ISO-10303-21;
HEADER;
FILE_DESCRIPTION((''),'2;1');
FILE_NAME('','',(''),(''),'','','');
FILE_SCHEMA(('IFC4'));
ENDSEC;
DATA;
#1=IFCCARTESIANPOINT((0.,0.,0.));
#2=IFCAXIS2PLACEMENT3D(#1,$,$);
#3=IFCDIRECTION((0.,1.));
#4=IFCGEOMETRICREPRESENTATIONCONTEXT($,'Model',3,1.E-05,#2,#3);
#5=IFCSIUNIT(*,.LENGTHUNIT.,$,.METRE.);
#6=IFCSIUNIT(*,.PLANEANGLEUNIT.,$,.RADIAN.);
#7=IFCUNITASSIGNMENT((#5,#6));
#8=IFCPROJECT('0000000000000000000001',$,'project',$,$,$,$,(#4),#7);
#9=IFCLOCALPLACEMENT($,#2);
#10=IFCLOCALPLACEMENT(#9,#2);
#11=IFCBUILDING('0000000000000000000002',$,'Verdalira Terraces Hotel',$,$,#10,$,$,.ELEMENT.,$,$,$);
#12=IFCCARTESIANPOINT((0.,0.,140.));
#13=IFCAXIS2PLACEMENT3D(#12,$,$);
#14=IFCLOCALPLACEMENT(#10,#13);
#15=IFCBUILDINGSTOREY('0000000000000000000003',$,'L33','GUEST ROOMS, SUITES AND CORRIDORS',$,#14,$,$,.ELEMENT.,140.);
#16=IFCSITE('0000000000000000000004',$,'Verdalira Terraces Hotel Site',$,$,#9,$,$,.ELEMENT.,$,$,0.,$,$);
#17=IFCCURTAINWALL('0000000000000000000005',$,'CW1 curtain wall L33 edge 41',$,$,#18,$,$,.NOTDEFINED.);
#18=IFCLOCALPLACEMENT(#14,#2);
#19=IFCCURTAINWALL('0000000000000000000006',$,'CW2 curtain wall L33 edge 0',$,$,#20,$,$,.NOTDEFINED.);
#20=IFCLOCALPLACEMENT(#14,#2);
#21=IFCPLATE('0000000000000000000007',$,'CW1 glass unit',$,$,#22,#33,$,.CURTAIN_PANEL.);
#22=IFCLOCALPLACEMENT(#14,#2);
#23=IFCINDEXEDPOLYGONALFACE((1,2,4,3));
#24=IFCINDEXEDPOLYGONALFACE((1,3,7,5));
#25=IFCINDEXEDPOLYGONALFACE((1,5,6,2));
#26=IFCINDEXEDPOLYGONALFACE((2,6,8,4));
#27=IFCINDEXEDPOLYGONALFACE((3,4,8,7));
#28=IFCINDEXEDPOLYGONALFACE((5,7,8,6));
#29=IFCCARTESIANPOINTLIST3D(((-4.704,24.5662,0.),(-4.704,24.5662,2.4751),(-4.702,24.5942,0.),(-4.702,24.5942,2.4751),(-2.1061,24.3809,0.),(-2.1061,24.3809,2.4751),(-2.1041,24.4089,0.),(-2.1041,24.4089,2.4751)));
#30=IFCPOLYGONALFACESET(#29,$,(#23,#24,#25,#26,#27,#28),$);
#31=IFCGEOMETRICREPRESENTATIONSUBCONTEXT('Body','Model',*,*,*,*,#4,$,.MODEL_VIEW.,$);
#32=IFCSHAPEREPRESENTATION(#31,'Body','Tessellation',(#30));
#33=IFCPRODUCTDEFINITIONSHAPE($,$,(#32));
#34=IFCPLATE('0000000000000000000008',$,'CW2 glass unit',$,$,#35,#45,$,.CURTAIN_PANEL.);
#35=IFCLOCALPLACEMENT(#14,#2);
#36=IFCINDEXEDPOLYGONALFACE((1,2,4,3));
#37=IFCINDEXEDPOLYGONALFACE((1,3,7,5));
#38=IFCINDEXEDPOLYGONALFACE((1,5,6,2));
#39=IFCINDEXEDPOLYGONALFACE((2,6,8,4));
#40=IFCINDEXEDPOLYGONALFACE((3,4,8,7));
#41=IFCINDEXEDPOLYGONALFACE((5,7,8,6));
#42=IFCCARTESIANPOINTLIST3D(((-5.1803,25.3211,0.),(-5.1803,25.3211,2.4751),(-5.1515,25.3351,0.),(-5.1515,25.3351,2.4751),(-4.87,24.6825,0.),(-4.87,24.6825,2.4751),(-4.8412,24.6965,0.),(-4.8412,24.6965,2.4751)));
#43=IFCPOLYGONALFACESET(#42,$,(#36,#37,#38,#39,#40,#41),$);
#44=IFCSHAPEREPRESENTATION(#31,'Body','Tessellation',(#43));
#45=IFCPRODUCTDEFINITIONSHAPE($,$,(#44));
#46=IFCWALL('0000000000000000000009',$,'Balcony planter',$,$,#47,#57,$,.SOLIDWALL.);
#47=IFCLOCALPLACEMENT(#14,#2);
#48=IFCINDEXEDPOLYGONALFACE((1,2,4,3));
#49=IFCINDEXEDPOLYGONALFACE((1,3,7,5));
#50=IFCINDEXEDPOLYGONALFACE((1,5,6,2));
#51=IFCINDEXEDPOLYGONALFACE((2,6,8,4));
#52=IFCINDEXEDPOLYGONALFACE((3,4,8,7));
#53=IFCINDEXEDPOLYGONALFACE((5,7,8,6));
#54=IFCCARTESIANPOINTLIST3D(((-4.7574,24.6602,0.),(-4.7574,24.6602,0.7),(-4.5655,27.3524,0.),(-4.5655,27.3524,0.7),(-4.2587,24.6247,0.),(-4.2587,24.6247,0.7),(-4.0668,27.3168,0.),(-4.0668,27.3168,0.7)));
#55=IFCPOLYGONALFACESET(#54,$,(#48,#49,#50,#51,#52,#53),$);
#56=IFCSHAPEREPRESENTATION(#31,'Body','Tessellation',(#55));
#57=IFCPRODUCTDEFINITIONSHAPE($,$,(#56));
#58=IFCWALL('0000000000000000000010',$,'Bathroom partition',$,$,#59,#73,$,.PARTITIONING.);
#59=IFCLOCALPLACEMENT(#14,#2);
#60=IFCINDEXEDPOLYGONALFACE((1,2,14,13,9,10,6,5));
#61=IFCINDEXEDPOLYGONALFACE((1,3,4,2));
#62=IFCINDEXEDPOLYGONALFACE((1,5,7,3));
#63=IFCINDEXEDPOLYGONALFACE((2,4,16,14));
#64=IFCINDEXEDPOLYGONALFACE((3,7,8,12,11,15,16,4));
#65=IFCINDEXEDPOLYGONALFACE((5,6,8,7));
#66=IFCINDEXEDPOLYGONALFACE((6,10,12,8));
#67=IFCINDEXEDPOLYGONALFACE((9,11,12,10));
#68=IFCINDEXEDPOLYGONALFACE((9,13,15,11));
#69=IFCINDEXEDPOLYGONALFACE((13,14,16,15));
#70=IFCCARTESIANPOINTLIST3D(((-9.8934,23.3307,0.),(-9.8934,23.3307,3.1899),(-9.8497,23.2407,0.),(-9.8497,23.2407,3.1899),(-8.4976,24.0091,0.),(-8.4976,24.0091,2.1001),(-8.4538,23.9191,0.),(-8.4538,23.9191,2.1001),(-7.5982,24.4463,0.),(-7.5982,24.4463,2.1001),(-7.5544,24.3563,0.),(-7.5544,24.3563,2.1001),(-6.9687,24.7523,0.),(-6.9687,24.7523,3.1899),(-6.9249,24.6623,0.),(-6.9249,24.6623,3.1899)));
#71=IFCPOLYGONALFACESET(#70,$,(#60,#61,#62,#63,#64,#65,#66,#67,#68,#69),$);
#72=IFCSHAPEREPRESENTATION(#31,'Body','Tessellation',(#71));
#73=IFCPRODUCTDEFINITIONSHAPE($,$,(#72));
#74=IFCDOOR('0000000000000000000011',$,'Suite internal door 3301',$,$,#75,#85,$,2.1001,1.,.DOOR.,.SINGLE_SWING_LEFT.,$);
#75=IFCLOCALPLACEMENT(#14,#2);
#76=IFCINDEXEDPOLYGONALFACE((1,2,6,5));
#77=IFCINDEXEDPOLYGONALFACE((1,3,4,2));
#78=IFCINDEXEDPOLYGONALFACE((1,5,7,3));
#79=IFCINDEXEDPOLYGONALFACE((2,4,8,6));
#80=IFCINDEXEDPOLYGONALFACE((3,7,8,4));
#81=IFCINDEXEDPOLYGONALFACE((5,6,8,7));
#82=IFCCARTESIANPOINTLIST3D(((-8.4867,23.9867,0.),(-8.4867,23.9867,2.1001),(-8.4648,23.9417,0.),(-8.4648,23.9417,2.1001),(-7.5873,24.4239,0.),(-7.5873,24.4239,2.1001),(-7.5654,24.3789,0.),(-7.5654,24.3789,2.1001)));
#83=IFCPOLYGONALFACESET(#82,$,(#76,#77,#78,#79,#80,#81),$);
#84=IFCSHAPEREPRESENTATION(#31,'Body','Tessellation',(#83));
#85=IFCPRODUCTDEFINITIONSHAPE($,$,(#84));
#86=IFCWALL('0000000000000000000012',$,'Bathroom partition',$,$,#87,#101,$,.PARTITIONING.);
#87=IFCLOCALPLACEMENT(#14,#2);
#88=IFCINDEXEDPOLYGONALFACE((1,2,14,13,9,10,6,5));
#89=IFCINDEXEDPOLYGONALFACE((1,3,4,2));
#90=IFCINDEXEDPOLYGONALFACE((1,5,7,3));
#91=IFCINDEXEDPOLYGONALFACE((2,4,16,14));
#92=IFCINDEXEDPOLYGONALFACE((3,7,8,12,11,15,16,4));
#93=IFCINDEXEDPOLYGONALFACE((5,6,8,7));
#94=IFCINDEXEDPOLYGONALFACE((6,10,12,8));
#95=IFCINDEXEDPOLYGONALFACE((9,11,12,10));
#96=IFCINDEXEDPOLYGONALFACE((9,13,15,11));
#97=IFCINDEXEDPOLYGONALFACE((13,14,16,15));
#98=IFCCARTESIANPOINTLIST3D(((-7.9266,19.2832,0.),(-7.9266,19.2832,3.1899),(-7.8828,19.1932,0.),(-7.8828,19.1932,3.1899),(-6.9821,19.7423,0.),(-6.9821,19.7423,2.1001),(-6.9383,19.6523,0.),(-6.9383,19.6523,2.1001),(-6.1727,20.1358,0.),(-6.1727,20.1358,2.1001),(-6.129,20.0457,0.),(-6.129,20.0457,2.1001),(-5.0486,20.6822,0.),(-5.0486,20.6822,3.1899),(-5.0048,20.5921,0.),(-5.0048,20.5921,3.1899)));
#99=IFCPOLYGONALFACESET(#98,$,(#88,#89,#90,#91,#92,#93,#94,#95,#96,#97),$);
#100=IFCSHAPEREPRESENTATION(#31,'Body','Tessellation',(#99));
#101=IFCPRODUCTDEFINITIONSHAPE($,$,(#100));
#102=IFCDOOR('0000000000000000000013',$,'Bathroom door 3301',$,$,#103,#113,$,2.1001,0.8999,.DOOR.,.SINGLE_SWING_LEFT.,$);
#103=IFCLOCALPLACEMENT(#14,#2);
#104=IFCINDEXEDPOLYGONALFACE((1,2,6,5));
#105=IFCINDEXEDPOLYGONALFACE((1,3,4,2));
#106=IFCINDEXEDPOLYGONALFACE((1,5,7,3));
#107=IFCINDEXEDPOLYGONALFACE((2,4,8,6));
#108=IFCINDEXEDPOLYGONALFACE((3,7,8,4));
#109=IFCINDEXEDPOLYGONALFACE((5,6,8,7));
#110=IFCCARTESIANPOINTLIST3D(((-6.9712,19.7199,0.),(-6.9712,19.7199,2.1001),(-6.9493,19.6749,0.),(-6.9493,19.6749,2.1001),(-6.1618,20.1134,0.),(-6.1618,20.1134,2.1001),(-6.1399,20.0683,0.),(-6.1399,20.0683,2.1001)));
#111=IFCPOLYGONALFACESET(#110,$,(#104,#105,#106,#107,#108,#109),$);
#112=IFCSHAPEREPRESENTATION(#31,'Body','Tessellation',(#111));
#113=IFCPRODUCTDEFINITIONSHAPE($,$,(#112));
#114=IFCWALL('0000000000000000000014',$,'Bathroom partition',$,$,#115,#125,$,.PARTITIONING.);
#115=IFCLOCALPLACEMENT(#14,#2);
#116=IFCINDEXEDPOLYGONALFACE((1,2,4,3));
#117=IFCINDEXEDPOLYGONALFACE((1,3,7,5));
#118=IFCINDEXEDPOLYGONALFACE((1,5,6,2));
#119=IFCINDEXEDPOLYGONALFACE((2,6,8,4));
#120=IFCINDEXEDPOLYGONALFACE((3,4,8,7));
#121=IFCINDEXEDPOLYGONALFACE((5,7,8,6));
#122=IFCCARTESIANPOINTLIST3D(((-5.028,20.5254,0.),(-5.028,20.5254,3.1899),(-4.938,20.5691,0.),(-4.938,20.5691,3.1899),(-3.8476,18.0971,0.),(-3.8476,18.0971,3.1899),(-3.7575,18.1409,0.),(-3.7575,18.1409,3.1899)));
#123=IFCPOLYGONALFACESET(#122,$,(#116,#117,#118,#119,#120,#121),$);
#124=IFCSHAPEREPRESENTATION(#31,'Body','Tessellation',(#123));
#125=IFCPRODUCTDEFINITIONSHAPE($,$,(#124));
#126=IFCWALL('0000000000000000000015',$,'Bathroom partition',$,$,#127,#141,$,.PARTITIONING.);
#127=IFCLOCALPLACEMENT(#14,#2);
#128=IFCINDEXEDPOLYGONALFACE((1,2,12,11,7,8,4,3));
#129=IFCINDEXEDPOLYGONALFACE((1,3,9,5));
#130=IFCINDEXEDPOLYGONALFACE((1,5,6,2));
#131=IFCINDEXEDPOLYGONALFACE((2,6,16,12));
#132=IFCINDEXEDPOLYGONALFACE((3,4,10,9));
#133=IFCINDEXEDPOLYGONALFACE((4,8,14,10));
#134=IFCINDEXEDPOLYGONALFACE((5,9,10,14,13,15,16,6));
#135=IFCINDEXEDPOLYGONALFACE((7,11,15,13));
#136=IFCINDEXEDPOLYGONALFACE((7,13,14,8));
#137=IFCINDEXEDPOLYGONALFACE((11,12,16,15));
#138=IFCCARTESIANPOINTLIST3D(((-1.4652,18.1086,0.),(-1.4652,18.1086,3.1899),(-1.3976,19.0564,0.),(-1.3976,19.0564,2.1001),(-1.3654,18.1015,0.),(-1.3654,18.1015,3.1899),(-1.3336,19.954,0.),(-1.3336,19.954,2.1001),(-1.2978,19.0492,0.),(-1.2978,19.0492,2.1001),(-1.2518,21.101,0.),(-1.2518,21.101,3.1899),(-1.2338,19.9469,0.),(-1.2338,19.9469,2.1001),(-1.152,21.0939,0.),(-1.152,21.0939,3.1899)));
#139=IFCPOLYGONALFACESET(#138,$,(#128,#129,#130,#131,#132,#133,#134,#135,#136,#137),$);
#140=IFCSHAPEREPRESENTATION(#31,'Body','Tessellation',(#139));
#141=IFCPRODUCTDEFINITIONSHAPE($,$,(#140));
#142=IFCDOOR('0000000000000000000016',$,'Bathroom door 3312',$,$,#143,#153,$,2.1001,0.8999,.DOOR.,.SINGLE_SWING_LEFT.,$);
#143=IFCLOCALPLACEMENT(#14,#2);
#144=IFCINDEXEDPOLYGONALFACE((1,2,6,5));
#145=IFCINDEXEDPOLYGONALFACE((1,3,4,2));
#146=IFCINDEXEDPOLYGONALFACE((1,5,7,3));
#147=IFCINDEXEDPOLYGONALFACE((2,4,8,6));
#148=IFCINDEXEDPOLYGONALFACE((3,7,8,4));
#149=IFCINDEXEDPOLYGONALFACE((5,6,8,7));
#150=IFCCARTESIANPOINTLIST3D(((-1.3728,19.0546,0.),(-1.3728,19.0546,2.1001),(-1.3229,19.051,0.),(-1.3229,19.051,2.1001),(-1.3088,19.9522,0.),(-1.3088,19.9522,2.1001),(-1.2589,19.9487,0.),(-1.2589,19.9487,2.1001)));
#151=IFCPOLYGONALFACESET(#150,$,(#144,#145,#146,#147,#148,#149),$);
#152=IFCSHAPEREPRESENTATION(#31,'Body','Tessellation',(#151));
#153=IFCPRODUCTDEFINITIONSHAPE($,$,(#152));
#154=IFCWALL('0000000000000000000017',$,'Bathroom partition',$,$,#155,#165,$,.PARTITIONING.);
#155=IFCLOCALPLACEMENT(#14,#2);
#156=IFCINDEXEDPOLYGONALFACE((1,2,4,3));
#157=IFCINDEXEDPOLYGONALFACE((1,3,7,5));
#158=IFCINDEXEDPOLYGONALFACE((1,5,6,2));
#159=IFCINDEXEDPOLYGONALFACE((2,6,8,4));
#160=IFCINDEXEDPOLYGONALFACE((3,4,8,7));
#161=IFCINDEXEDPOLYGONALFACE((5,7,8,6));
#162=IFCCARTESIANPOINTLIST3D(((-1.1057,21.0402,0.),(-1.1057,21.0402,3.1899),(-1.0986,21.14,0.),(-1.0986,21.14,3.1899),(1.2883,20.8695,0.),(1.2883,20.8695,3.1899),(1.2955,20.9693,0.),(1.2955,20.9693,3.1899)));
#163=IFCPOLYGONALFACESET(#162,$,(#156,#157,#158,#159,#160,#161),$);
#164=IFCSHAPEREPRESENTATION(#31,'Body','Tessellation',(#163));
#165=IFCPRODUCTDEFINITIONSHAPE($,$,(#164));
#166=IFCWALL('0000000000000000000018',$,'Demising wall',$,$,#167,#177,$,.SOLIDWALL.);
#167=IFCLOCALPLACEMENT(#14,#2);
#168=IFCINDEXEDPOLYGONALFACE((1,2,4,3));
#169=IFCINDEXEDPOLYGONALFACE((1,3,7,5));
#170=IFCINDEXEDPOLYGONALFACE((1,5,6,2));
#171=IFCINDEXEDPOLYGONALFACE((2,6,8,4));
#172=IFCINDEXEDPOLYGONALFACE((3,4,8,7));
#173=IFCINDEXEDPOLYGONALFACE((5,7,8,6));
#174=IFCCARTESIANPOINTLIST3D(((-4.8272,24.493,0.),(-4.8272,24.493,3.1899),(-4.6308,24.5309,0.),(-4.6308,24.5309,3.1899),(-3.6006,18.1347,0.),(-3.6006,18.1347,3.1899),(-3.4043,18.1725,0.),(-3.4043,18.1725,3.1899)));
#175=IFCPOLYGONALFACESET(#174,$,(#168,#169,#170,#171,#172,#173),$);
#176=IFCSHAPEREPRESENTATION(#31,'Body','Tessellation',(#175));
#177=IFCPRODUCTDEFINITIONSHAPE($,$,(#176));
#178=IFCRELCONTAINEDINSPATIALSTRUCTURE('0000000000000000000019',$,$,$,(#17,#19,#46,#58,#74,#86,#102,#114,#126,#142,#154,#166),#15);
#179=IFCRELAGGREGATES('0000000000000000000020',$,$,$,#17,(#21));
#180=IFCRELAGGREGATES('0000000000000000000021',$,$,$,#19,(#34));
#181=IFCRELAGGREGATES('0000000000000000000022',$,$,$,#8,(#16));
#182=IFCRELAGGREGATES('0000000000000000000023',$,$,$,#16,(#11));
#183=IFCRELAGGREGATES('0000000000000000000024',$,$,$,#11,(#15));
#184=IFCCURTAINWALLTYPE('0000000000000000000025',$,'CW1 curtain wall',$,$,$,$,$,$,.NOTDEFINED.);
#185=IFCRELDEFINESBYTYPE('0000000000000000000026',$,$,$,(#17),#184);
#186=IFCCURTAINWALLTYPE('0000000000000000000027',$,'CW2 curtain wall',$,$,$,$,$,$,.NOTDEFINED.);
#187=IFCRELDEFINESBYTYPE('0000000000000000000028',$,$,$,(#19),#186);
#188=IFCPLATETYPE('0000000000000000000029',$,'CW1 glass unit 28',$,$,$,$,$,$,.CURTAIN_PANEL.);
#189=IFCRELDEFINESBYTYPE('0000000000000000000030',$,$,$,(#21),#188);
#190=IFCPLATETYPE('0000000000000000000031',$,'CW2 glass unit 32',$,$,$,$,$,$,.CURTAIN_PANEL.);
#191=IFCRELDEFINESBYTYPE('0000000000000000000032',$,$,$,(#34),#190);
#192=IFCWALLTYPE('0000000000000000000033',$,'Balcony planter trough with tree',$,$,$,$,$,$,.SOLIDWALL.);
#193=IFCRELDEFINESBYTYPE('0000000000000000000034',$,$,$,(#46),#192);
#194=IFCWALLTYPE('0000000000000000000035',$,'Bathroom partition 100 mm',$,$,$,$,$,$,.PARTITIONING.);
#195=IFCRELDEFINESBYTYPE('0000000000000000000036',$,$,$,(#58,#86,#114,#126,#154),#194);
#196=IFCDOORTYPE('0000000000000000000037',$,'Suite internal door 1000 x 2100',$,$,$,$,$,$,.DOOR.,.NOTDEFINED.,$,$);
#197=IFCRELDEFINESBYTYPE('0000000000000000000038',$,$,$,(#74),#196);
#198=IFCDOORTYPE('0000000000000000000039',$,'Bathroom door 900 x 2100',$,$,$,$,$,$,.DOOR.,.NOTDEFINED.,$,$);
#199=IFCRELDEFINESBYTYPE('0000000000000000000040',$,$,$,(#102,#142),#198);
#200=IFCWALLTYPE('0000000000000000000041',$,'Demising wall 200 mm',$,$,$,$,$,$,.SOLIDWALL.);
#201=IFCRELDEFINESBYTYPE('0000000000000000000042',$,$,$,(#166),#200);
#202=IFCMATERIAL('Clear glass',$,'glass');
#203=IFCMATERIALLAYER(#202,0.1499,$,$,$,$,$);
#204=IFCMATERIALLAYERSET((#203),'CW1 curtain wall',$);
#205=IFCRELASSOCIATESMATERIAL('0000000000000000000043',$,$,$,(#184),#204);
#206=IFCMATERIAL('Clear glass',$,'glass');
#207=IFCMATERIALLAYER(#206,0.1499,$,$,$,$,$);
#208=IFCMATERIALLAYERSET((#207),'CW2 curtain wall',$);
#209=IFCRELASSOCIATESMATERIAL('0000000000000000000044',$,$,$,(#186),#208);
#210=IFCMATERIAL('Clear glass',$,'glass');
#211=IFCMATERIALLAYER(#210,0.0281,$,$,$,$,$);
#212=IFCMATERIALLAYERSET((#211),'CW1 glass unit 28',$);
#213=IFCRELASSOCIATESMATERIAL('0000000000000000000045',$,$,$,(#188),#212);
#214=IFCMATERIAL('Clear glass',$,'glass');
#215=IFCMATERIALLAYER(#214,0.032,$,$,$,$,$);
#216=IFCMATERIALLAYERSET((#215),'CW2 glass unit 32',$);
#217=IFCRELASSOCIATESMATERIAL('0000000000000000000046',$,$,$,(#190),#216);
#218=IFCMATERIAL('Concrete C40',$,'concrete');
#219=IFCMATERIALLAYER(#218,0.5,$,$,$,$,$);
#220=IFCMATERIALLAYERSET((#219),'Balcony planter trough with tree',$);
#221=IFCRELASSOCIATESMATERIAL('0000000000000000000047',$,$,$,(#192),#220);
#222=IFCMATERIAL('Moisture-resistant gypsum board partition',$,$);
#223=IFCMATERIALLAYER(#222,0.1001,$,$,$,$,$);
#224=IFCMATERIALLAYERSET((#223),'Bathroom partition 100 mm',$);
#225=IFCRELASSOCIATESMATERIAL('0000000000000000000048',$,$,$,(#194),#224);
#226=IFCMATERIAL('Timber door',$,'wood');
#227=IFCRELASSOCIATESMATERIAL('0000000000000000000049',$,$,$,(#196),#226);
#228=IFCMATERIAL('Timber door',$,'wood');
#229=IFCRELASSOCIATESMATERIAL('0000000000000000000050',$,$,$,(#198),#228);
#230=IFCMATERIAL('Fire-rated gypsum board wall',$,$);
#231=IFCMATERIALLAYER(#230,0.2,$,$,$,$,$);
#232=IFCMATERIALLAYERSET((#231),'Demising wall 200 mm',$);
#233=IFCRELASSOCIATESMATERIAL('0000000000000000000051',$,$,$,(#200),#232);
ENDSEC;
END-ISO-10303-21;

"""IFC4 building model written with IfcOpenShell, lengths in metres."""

from ifc_helpers import new_model, si_unit, direction, frame, frame_2d, origin, origin_2d, place, context, subcontext, project, spatial, rectangle, extrude, material, layer, layer_set, type_object, element, fill, aggregate, save


model = new_model("IFC4")

# Units and contexts
model_context = context("Model", 3, precision=1e-05, world=origin(), true_north=direction((0.0, 1.0)))
body_context = subcontext(model_context, "Body", "Model", "MODEL_VIEW")
ifc_project = project(units=[si_unit("LENGTHUNIT", "METRE"), si_unit("PLANEANGLEUNIT", "RADIAN")], contexts=[model_context])

# Site, building, storey
site_placement = place(None, origin())
site = spatial("IfcSite", under=ifc_project, at=site_placement, Name="Verdalira Terraces Hotel Site", CompositionType="ELEMENT", RefElevation=0.0)
building_placement = place(site_placement, origin())
building = spatial("IfcBuilding", under=site, at=building_placement, Name="Verdalira Terraces Hotel", CompositionType="ELEMENT")
storey_placement = place(building_placement, frame((0.0, 0.0, 140.0)))
storey = spatial("IfcBuildingStorey", under=building, at=storey_placement, Name="L33", Description="GUEST ROOMS, SUITES AND CORRIDORS", CompositionType="ELEMENT", Elevation=140.0)

# Curtain wall
ifc_material_1 = material(Name="Clear glass", Category="glass")
ifc_layer_1 = layer(ifc_material_1, 0.1499)
ifc_layer_set_1 = layer_set([ifc_layer_1], Name="CW1 curtain wall")
curtain_wall_type_1 = type_object("IfcCurtainWallType", Name="CW1 curtain wall", PredefinedType="NOTDEFINED", material=ifc_layer_set_1)
curtain_wall_1_placement = place(storey_placement, origin())
curtain_wall_1 = element("IfcCurtainWall", 1, at=curtain_wall_1_placement, inside=storey, type_object=curtain_wall_type_1, Name="CW1 curtain wall L33 edge 41", PredefinedType="NOTDEFINED")

# Curtain wall
ifc_material_2 = material(Name="Clear glass", Category="glass")
ifc_layer_2 = layer(ifc_material_2, 0.1499)
ifc_layer_set_2 = layer_set([ifc_layer_2], Name="CW2 curtain wall")
curtain_wall_type_2 = type_object("IfcCurtainWallType", Name="CW2 curtain wall", PredefinedType="NOTDEFINED", material=ifc_layer_set_2)
curtain_wall_2_placement = place(storey_placement, origin())
curtain_wall_2 = element("IfcCurtainWall", 2, at=curtain_wall_2_placement, inside=storey, type_object=curtain_wall_type_2, Name="CW2 curtain wall L33 edge 0", PredefinedType="NOTDEFINED")

# Plates
ifc_material_3 = material(Name="Clear glass", Category="glass")
ifc_layer_3 = layer(ifc_material_3, 0.0281)
ifc_layer_set_3 = layer_set([ifc_layer_3], Name="CW1 glass unit 28")
plate_type_1 = type_object("IfcPlateType", Name="CW1 glass unit 28", PredefinedType="CURTAIN_PANEL", material=ifc_layer_set_3)
plate_1_placement = place(storey_placement, frame((-3.4041, 24.4875, 0.0), z_axis=(0.0, 0.0, 1.0), x_axis=(-0.997466, 0.071149, 0.0)))
plate_1 = element("IfcPlate", 3, at=plate_1_placement, type_object=plate_type_1, Name="CW1 glass unit", PredefinedType="CURTAIN_PANEL", context=body_context, shape_type="SweptSolid", body=[
    extrude(rectangle(XDim=2.6045, YDim=0.0281, at=origin_2d()), origin(), (0.0, 0.0, 1.0), 2.4751),
])
aggregate(curtain_wall_1, [plate_1])
ifc_material_4 = material(Name="Clear glass", Category="glass")
ifc_layer_4 = layer(ifc_material_4, 0.032)
ifc_layer_set_4 = layer_set([ifc_layer_4], Name="CW2 glass unit 32")
plate_type_2 = type_object("IfcPlateType", Name="CW2 glass unit 32", PredefinedType="CURTAIN_PANEL", material=ifc_layer_set_4)
plate_2_placement = place(storey_placement, frame((-5.0107, 25.0088, 0.0), z_axis=(0.0, 0.0, 1.0), x_axis=(-0.437116, 0.899405, 0.0)))
plate_2 = element("IfcPlate", 4, at=plate_2_placement, type_object=plate_type_2, Name="CW2 glass unit", PredefinedType="CURTAIN_PANEL", context=body_context, shape_type="SweptSolid", body=[
    extrude(rectangle(XDim=0.71, YDim=0.032, at=origin_2d()), origin(), (0.0, 0.0, 1.0), 2.4751),
])
aggregate(curtain_wall_2, [plate_2])

# Wall
ifc_material_5 = material(Name="Concrete C40", Category="concrete")
ifc_layer_5 = layer(ifc_material_5, 0.5)
ifc_layer_set_5 = layer_set([ifc_layer_5], Name="Balcony planter trough with tree")
wall_type_1 = type_object("IfcWallType", Name="Balcony planter trough with tree", PredefinedType="SOLIDWALL", material=ifc_layer_set_5)
wall_1_placement = place(storey_placement, frame((-4.3162, 27.3347, 0.0), z_axis=(0.0, 0.0, 1.0), x_axis=(-0.071099, -0.997469, 0.0)))
element("IfcWall", 5, at=wall_1_placement, inside=storey, type_object=wall_type_1, Name="Balcony planter", PredefinedType="SOLIDWALL", context=body_context, shape_type="SweptSolid", body=[
    extrude(rectangle(XDim=2.699, YDim=0.5, at=frame_2d((1.3496, 0.0))), origin(), (0.0, 0.0, 1.0), 0.7),
])

# Walls, openings, doors
ifc_material_6 = material(Name="Moisture-resistant gypsum board partition")
ifc_layer_6 = layer(ifc_material_6, 0.1001)
ifc_layer_set_6 = layer_set([ifc_layer_6], Name="Bathroom partition 100 mm")
wall_type_2 = type_object("IfcWallType", Name="Bathroom partition 100 mm", PredefinedType="PARTITIONING", material=ifc_layer_set_6)
wall_2_placement = place(storey_placement, frame((-6.9468, 24.7073, 0.0), z_axis=(0.0, 0.0, 1.0), x_axis=(-0.899386, -0.437156, 0.0)))
wall_2 = element("IfcWall", 6, at=wall_2_placement, inside=storey, type_object=wall_type_2, Name="Bathroom partition", PredefinedType="PARTITIONING", context=body_context, shape_type="SweptSolid", body=[
    extrude(rectangle(XDim=3.252, YDim=0.1001, at=frame_2d((1.626, 0.0))), origin(), (0.0, 0.0, 1.0), 3.1899),
])
opening_1_placement = place(wall_2_placement, frame((0.7, 0.0, 0.0)))
opening_1 = element("IfcOpeningElement", 7, at=opening_1_placement, cuts=wall_2, PredefinedType="OPENING", context=body_context, shape_type="SweptSolid", body=[
    extrude(rectangle(XDim=1.0, YDim=2.1001, at=frame_2d((0.5, 1.05))), frame((0.0, 0.0601, 0.0), z_axis=(0.0, -1.0, 0.0), x_axis=(1.0, 0.0, 0.0)), (0.0, 0.0, 1.0), 0.1201),
])
ifc_material_7 = material(Name="Timber door", Category="wood")
door_type_1 = type_object("IfcDoorType", Name="Suite internal door 1000 x 2100", OperationType="NOTDEFINED", PredefinedType="DOOR", material=ifc_material_7)
door_1_placement = place(opening_1_placement, origin())
door_1 = element("IfcDoor", 8, at=door_1_placement, inside=storey, type_object=door_type_1, Name="Suite internal door 3301", OperationType="SINGLE_SWING_LEFT", OverallHeight=2.1001, OverallWidth=1.0, PredefinedType="DOOR", context=body_context, shape_type="SweptSolid", body=[
    extrude(rectangle(XDim=1.0, YDim=2.1001, at=frame_2d((0.5, 1.05))), frame((0.0, 0.0249, 0.0), z_axis=(0.0, -1.0, 0.0), x_axis=(1.0, 0.0, 0.0)), (0.0, 0.0, 1.0), 0.05),
])
fill(opening_1, door_1)
wall_3_placement = place(storey_placement, frame((-5.0266, 20.6372, 0.0), z_axis=(0.0, 0.0, 1.0), x_axis=(-0.899376, -0.437176, 0.0)))
wall_3 = element("IfcWall", 9, at=wall_3_placement, inside=storey, type_object=wall_type_2, Name="Bathroom partition", PredefinedType="PARTITIONING", context=body_context, shape_type="SweptSolid", body=[
    extrude(rectangle(XDim=3.2, YDim=0.1001, at=frame_2d((1.6001, 0.0))), origin(), (0.0, 0.0, 1.0), 3.1899),
])
opening_2_placement = place(wall_3_placement, frame((1.25, 0.0, 0.0)))
opening_2 = element("IfcOpeningElement", 10, at=opening_2_placement, cuts=wall_3, PredefinedType="OPENING", context=body_context, shape_type="SweptSolid", body=[
    extrude(rectangle(XDim=0.8999, YDim=2.1001, at=frame_2d((0.45, 1.05))), frame((0.0, 0.0601, 0.0), z_axis=(0.0, -1.0, 0.0), x_axis=(1.0, 0.0, 0.0)), (0.0, 0.0, 1.0), 0.1201),
])
ifc_material_8 = material(Name="Timber door", Category="wood")
door_type_2 = type_object("IfcDoorType", Name="Bathroom door 900 x 2100", OperationType="NOTDEFINED", PredefinedType="DOOR", material=ifc_material_8)
door_2_placement = place(opening_2_placement, origin())
door_2 = element("IfcDoor", 11, at=door_2_placement, inside=storey, type_object=door_type_2, Name="Bathroom door 3301", OperationType="SINGLE_SWING_LEFT", OverallHeight=2.1001, OverallWidth=0.8999, PredefinedType="DOOR", context=body_context, shape_type="SweptSolid", body=[
    extrude(rectangle(XDim=0.8999, YDim=2.1001, at=frame_2d((0.45, 1.05))), frame((0.0, 0.0249, 0.0), z_axis=(0.0, -1.0, 0.0), x_axis=(1.0, 0.0, 0.0)), (0.0, 0.0, 1.0), 0.05),
])
fill(opening_2, door_2)

# Wall
wall_4_placement = place(storey_placement, frame((-3.8025, 18.1189, 0.0), z_axis=(0.0, 0.0, 1.0), x_axis=(-0.437203, 0.899363, 0.0)))
element("IfcWall", 12, at=wall_4_placement, inside=storey, type_object=wall_type_2, Name="Bathroom partition", PredefinedType="PARTITIONING", context=body_context, shape_type="SweptSolid", body=[
    extrude(rectangle(XDim=2.7, YDim=0.1001, at=frame_2d((1.3501, 0.0))), origin(), (0.0, 0.0, 1.0), 3.1899),
])

# Wall, opening, door
wall_5_placement = place(storey_placement, frame((-1.2019, 21.0974, 0.0), z_axis=(0.0, 0.0, 1.0), x_axis=(-0.071126, -0.997467, 0.0)))
wall_5 = element("IfcWall", 13, at=wall_5_placement, inside=storey, type_object=wall_type_2, Name="Bathroom partition", PredefinedType="PARTITIONING", context=body_context, shape_type="SweptSolid", body=[
    extrude(rectangle(XDim=3.0, YDim=0.1001, at=frame_2d((1.5, 0.0))), origin(), (0.0, 0.0, 1.0), 3.1899),
])
opening_3_placement = place(wall_5_placement, frame((1.1499, 0.0, 0.0)))
opening_3 = element("IfcOpeningElement", 14, at=opening_3_placement, cuts=wall_5, PredefinedType="OPENING", context=body_context, shape_type="SweptSolid", body=[
    extrude(rectangle(XDim=0.8999, YDim=2.1001, at=frame_2d((0.45, 1.05))), frame((0.0, 0.0601, 0.0), z_axis=(0.0, -1.0, 0.0), x_axis=(1.0, 0.0, 0.0)), (0.0, 0.0, 1.0), 0.1201),
])
door_3_placement = place(opening_3_placement, origin())
door_3 = element("IfcDoor", 15, at=door_3_placement, inside=storey, type_object=door_type_2, Name="Bathroom door 3312", OperationType="SINGLE_SWING_LEFT", OverallHeight=2.1001, OverallWidth=0.8999, PredefinedType="DOOR", context=body_context, shape_type="SweptSolid", body=[
    extrude(rectangle(XDim=0.8999, YDim=2.1001, at=frame_2d((0.45, 1.05))), frame((0.0, 0.0249, 0.0), z_axis=(0.0, -1.0, 0.0), x_axis=(1.0, 0.0, 0.0)), (0.0, 0.0, 1.0), 0.05),
])
fill(opening_3, door_3)

# Walls
wall_6_placement = place(storey_placement, frame((-1.1023, 21.0901, 0.0), z_axis=(0.0, 0.0, 1.0), x_axis=(0.997469, -0.071102, 0.0)))
element("IfcWall", 16, at=wall_6_placement, inside=storey, type_object=wall_type_2, Name="Bathroom partition", PredefinedType="PARTITIONING", context=body_context, shape_type="SweptSolid", body=[
    extrude(rectangle(XDim=2.4001, YDim=0.1001, at=frame_2d((1.2002, 0.0))), origin(), (0.0, 0.0, 1.0), 3.1899),
])
ifc_material_9 = material(Name="Fire-rated gypsum board wall")
ifc_layer_7 = layer(ifc_material_9, 0.2)
ifc_layer_set_7 = layer_set([ifc_layer_7], Name="Demising wall 200 mm")
wall_type_3 = type_object("IfcWallType", Name="Demising wall 200 mm", PredefinedType="SOLIDWALL", material=ifc_layer_set_7)
wall_7_placement = place(storey_placement, frame((-4.729, 24.512, 0.0), z_axis=(0.0, 0.0, 1.0), x_axis=(0.189412, -0.981898, 0.0)))
element("IfcWall", 17, at=wall_7_placement, inside=storey, type_object=wall_type_3, Name="Demising wall", PredefinedType="SOLIDWALL", context=body_context, shape_type="SweptSolid", body=[
    extrude(rectangle(XDim=6.4756, YDim=0.2, at=frame_2d((3.2378, 0.0))), origin(), (0.0, 0.0, 1.0), 3.1899),
])

save(model, "model.ifc")
